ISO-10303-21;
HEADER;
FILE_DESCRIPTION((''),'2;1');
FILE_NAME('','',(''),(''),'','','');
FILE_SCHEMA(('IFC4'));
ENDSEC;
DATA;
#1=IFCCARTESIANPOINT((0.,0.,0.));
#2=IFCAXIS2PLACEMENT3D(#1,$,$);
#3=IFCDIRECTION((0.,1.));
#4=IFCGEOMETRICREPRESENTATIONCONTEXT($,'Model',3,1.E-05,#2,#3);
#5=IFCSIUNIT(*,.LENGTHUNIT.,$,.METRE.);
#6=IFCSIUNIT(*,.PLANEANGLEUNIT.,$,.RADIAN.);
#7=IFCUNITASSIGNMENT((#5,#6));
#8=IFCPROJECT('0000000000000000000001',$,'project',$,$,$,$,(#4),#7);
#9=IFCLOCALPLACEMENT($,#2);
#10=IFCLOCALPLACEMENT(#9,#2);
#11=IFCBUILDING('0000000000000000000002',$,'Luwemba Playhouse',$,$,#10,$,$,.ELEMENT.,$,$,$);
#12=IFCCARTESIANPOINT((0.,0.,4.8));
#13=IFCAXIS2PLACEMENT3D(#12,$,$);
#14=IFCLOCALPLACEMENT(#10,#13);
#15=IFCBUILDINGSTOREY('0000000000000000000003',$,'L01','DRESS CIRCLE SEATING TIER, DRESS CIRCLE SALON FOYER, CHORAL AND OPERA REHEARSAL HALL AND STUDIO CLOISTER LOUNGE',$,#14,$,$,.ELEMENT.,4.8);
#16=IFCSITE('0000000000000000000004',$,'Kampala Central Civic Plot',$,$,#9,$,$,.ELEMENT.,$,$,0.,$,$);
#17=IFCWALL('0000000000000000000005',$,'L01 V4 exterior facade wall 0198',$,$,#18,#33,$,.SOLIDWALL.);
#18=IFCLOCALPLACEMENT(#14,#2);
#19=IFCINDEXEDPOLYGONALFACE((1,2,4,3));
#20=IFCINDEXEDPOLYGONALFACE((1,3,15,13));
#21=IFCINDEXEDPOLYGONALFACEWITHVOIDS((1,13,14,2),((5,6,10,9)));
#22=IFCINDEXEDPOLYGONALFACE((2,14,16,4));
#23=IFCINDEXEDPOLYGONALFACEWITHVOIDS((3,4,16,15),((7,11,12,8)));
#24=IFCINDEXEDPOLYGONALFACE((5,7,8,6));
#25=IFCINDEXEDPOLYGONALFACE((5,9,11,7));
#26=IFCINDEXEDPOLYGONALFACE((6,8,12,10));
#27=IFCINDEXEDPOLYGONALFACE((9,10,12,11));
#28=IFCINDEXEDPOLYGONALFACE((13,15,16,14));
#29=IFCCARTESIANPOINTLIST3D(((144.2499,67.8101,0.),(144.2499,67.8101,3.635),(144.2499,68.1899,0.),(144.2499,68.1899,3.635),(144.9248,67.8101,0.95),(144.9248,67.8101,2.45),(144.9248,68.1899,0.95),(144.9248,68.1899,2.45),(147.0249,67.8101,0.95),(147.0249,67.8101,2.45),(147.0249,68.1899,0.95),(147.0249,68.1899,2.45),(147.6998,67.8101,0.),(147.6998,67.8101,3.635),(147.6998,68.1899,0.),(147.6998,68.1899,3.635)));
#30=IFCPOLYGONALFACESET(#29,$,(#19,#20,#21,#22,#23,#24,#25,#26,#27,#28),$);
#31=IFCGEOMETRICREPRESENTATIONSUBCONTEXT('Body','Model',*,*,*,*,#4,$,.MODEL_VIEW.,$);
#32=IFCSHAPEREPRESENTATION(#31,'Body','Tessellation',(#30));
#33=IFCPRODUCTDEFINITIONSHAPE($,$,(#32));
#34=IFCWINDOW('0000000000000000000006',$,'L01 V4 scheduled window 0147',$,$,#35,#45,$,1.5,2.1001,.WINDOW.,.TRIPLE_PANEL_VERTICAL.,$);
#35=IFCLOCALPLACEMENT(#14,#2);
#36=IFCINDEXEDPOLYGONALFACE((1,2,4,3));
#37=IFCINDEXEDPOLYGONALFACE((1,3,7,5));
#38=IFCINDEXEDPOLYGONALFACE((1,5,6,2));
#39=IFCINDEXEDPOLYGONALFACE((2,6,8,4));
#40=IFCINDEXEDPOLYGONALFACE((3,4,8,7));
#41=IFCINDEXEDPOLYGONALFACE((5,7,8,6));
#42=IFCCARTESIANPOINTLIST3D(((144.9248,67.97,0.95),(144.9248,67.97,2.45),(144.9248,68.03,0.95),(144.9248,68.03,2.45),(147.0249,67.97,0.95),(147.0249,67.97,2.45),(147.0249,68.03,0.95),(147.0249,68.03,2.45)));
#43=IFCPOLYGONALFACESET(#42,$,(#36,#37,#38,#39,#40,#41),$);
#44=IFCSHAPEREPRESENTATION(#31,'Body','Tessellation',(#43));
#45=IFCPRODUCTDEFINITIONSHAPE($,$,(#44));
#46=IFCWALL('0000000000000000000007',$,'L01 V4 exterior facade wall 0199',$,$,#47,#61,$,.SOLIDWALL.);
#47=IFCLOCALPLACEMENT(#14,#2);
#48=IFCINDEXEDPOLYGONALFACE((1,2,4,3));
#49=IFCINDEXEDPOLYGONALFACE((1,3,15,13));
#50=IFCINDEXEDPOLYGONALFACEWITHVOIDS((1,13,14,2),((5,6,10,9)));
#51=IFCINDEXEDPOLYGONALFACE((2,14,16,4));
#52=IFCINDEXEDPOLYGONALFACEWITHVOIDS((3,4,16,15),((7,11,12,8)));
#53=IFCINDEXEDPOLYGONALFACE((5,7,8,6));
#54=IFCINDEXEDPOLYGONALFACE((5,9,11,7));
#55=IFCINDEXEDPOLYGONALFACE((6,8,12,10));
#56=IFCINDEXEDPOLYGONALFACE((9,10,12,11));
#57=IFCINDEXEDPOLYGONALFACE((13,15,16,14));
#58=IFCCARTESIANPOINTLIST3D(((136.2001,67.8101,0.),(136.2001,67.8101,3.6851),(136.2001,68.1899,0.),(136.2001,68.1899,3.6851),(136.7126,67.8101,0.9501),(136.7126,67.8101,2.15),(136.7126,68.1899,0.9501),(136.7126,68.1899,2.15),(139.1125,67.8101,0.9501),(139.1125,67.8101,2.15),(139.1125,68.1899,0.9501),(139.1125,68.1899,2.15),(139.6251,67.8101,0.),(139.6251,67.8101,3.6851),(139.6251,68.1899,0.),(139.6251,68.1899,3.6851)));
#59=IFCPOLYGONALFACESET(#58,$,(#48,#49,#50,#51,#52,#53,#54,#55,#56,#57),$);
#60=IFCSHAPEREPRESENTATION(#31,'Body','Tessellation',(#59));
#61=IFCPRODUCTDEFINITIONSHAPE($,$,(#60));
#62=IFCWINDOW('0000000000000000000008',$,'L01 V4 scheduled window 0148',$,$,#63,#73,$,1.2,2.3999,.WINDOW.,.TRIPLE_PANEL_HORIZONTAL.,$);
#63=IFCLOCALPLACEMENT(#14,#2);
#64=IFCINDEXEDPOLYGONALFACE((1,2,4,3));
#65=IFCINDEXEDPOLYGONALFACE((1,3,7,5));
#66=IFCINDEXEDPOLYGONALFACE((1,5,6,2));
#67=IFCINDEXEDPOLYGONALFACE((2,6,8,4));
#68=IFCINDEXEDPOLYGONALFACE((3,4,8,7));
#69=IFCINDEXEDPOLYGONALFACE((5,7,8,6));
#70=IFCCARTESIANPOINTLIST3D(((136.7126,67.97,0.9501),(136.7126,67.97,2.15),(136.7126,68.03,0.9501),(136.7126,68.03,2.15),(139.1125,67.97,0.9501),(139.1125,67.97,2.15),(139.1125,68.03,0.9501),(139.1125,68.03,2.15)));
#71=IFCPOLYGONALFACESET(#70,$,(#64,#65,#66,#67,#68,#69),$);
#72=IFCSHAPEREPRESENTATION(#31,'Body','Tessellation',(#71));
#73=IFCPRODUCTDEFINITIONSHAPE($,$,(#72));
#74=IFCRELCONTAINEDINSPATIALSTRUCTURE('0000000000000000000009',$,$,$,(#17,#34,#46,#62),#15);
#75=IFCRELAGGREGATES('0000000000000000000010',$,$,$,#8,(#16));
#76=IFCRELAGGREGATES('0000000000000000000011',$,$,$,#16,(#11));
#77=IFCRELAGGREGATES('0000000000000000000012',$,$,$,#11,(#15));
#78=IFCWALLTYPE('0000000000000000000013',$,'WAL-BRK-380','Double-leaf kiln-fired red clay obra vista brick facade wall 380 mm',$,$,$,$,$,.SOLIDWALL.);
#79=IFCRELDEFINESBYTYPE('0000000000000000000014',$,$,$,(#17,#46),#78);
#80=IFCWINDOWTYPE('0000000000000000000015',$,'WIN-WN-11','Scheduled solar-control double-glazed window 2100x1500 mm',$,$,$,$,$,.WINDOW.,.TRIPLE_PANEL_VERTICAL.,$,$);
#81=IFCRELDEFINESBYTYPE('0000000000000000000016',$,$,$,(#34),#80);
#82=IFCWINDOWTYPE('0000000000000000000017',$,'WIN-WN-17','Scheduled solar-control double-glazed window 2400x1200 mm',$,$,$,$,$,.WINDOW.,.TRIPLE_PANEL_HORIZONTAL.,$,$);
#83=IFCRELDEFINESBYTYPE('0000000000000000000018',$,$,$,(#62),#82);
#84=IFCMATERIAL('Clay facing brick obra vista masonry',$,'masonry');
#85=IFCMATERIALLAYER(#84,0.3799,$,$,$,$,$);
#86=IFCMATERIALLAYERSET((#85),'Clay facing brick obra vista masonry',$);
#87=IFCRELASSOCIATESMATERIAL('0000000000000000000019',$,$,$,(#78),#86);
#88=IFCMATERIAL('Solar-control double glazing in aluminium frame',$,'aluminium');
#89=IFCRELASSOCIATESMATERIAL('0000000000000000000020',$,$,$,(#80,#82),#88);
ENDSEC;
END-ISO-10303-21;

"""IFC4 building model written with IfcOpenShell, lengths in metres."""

from ifc_helpers import new_model, si_unit, direction, frame, frame_2d, origin, place, context, subcontext, project, spatial, rectangle, extrude, material, layer, layer_set, type_object, element, fill, save


model = new_model("IFC4")

# Units and contexts
model_context = context("Model", 3, precision=1e-05, world=origin(), true_north=direction((0.0, 1.0)))
body_context = subcontext(model_context, "Body", "Model", "MODEL_VIEW")
ifc_project = project(units=[si_unit("LENGTHUNIT", "METRE"), si_unit("PLANEANGLEUNIT", "RADIAN")], contexts=[model_context])

# Site, building, storey
site_placement = place(None, origin())
site = spatial("IfcSite", under=ifc_project, at=site_placement, Name="Kampala Central Civic Plot", CompositionType="ELEMENT", RefElevation=0.0)
building_placement = place(site_placement, origin())
building = spatial("IfcBuilding", under=site, at=building_placement, Name="Luwemba Playhouse", CompositionType="ELEMENT")
storey_placement = place(building_placement, frame((0.0, 0.0, 4.8)))
storey = spatial("IfcBuildingStorey", under=building, at=storey_placement, Name="L01", Description="DRESS CIRCLE SEATING TIER, DRESS CIRCLE SALON FOYER, CHORAL AND OPERA REHEARSAL HALL AND STUDIO CLOISTER LOUNGE", CompositionType="ELEMENT", Elevation=4.8)

# Walls, openings, windows
ifc_material_1 = material(Name="Clay facing brick obra vista masonry", Category="masonry")
ifc_layer_1 = layer(ifc_material_1, 0.3799)
ifc_layer_set_1 = layer_set([ifc_layer_1], Name="Clay facing brick obra vista masonry")
wall_type = type_object("IfcWallType", Name="WAL-BRK-380", Description="Double-leaf kiln-fired red clay obra vista brick facade wall 380 mm", PredefinedType="SOLIDWALL", material=ifc_layer_set_1)
wall_1_placement = place(storey_placement, frame((147.7, 68.0, 0.0), z_axis=(0.0, 0.0, 1.0), x_axis=(-1.0, 0.0, 0.0)))
wall_1 = element("IfcWall", 1, at=wall_1_placement, inside=storey, type_object=wall_type, Name="L01 V4 exterior facade wall 0198", PredefinedType="SOLIDWALL", context=body_context, shape_type="SweptSolid", body=[
    extrude(rectangle(XDim=3.45, YDim=0.3799, at=frame_2d((1.7251, 0.0))), origin(), (0.0, 0.0, 1.0), 3.635),
])
opening_1_placement = place(wall_1_placement, frame((0.675, 0.0, 0.95)))
opening_1 = element("IfcOpeningElement", 2, at=opening_1_placement, cuts=wall_1, PredefinedType="OPENING", context=body_context, shape_type="SweptSolid", body=[
    extrude(rectangle(XDim=2.1001, YDim=1.5, at=frame_2d((1.05, 0.75))), frame((0.0, 0.2, 0.0), z_axis=(0.0, -1.0, 0.0), x_axis=(1.0, 0.0, 0.0)), (0.0, 0.0, 1.0), 0.3999),
])
ifc_material_2 = material(Name="Solar-control double glazing in aluminium frame", Category="aluminium")
window_type_1 = type_object("IfcWindowType", Name="WIN-WN-11", Description="Scheduled solar-control double-glazed window 2100x1500 mm", PartitioningType="TRIPLE_PANEL_VERTICAL", PredefinedType="WINDOW", material=ifc_material_2)
window_1_placement = place(opening_1_placement, origin())
window_1 = element("IfcWindow", 3, at=window_1_placement, inside=storey, type_object=window_type_1, Name="L01 V4 scheduled window 0147", OverallHeight=1.5, OverallWidth=2.1001, PartitioningType="TRIPLE_PANEL_VERTICAL", PredefinedType="WINDOW", context=body_context, shape_type="SweptSolid", body=[
    extrude(rectangle(XDim=2.1001, YDim=1.5, at=frame_2d((1.05, 0.75))), frame((0.0, 0.03, 0.0), z_axis=(0.0, -1.0, 0.0), x_axis=(1.0, 0.0, 0.0)), (0.0, 0.0, 1.0), 0.0601),
])
fill(opening_1, window_1)
wall_2_placement = place(storey_placement, frame((139.625, 68.0, 0.0), z_axis=(0.0, 0.0, 1.0), x_axis=(-1.0, 0.0, 0.0)))
wall_2 = element("IfcWall", 4, at=wall_2_placement, inside=storey, type_object=wall_type, Name="L01 V4 exterior facade wall 0199", PredefinedType="SOLIDWALL", context=body_context, shape_type="SweptSolid", body=[
    extrude(rectangle(XDim=3.425, YDim=0.3799, at=frame_2d((1.7124, 0.0))), origin(), (0.0, 0.0, 1.0), 3.6851),
])
opening_2_placement = place(wall_2_placement, frame((0.5125, 0.0, 0.95)))
opening_2 = element("IfcOpeningElement", 5, at=opening_2_placement, cuts=wall_2, PredefinedType="OPENING", context=body_context, shape_type="SweptSolid", body=[
    extrude(rectangle(XDim=2.3999, YDim=1.2, at=frame_2d((1.2, 0.6001))), frame((0.0, 0.2, 0.0), z_axis=(0.0, -1.0, 0.0), x_axis=(1.0, 0.0, 0.0)), (0.0, 0.0, 1.0), 0.3999),
])
window_type_2 = type_object("IfcWindowType", Name="WIN-WN-17", Description="Scheduled solar-control double-glazed window 2400x1200 mm", PartitioningType="TRIPLE_PANEL_HORIZONTAL", PredefinedType="WINDOW", material=ifc_material_2)
window_2_placement = place(opening_2_placement, origin())
window_2 = element("IfcWindow", 6, at=window_2_placement, inside=storey, type_object=window_type_2, Name="L01 V4 scheduled window 0148", OverallHeight=1.2, OverallWidth=2.3999, PartitioningType="TRIPLE_PANEL_HORIZONTAL", PredefinedType="WINDOW", context=body_context, shape_type="SweptSolid", body=[
    extrude(rectangle(XDim=2.3999, YDim=1.2, at=frame_2d((1.2, 0.6001))), frame((0.0, 0.03, 0.0), z_axis=(0.0, -1.0, 0.0), x_axis=(1.0, 0.0, 0.0)), (0.0, 0.0, 1.0), 0.0601),
])
fill(opening_2, window_2)

save(model, "model.ifc")
